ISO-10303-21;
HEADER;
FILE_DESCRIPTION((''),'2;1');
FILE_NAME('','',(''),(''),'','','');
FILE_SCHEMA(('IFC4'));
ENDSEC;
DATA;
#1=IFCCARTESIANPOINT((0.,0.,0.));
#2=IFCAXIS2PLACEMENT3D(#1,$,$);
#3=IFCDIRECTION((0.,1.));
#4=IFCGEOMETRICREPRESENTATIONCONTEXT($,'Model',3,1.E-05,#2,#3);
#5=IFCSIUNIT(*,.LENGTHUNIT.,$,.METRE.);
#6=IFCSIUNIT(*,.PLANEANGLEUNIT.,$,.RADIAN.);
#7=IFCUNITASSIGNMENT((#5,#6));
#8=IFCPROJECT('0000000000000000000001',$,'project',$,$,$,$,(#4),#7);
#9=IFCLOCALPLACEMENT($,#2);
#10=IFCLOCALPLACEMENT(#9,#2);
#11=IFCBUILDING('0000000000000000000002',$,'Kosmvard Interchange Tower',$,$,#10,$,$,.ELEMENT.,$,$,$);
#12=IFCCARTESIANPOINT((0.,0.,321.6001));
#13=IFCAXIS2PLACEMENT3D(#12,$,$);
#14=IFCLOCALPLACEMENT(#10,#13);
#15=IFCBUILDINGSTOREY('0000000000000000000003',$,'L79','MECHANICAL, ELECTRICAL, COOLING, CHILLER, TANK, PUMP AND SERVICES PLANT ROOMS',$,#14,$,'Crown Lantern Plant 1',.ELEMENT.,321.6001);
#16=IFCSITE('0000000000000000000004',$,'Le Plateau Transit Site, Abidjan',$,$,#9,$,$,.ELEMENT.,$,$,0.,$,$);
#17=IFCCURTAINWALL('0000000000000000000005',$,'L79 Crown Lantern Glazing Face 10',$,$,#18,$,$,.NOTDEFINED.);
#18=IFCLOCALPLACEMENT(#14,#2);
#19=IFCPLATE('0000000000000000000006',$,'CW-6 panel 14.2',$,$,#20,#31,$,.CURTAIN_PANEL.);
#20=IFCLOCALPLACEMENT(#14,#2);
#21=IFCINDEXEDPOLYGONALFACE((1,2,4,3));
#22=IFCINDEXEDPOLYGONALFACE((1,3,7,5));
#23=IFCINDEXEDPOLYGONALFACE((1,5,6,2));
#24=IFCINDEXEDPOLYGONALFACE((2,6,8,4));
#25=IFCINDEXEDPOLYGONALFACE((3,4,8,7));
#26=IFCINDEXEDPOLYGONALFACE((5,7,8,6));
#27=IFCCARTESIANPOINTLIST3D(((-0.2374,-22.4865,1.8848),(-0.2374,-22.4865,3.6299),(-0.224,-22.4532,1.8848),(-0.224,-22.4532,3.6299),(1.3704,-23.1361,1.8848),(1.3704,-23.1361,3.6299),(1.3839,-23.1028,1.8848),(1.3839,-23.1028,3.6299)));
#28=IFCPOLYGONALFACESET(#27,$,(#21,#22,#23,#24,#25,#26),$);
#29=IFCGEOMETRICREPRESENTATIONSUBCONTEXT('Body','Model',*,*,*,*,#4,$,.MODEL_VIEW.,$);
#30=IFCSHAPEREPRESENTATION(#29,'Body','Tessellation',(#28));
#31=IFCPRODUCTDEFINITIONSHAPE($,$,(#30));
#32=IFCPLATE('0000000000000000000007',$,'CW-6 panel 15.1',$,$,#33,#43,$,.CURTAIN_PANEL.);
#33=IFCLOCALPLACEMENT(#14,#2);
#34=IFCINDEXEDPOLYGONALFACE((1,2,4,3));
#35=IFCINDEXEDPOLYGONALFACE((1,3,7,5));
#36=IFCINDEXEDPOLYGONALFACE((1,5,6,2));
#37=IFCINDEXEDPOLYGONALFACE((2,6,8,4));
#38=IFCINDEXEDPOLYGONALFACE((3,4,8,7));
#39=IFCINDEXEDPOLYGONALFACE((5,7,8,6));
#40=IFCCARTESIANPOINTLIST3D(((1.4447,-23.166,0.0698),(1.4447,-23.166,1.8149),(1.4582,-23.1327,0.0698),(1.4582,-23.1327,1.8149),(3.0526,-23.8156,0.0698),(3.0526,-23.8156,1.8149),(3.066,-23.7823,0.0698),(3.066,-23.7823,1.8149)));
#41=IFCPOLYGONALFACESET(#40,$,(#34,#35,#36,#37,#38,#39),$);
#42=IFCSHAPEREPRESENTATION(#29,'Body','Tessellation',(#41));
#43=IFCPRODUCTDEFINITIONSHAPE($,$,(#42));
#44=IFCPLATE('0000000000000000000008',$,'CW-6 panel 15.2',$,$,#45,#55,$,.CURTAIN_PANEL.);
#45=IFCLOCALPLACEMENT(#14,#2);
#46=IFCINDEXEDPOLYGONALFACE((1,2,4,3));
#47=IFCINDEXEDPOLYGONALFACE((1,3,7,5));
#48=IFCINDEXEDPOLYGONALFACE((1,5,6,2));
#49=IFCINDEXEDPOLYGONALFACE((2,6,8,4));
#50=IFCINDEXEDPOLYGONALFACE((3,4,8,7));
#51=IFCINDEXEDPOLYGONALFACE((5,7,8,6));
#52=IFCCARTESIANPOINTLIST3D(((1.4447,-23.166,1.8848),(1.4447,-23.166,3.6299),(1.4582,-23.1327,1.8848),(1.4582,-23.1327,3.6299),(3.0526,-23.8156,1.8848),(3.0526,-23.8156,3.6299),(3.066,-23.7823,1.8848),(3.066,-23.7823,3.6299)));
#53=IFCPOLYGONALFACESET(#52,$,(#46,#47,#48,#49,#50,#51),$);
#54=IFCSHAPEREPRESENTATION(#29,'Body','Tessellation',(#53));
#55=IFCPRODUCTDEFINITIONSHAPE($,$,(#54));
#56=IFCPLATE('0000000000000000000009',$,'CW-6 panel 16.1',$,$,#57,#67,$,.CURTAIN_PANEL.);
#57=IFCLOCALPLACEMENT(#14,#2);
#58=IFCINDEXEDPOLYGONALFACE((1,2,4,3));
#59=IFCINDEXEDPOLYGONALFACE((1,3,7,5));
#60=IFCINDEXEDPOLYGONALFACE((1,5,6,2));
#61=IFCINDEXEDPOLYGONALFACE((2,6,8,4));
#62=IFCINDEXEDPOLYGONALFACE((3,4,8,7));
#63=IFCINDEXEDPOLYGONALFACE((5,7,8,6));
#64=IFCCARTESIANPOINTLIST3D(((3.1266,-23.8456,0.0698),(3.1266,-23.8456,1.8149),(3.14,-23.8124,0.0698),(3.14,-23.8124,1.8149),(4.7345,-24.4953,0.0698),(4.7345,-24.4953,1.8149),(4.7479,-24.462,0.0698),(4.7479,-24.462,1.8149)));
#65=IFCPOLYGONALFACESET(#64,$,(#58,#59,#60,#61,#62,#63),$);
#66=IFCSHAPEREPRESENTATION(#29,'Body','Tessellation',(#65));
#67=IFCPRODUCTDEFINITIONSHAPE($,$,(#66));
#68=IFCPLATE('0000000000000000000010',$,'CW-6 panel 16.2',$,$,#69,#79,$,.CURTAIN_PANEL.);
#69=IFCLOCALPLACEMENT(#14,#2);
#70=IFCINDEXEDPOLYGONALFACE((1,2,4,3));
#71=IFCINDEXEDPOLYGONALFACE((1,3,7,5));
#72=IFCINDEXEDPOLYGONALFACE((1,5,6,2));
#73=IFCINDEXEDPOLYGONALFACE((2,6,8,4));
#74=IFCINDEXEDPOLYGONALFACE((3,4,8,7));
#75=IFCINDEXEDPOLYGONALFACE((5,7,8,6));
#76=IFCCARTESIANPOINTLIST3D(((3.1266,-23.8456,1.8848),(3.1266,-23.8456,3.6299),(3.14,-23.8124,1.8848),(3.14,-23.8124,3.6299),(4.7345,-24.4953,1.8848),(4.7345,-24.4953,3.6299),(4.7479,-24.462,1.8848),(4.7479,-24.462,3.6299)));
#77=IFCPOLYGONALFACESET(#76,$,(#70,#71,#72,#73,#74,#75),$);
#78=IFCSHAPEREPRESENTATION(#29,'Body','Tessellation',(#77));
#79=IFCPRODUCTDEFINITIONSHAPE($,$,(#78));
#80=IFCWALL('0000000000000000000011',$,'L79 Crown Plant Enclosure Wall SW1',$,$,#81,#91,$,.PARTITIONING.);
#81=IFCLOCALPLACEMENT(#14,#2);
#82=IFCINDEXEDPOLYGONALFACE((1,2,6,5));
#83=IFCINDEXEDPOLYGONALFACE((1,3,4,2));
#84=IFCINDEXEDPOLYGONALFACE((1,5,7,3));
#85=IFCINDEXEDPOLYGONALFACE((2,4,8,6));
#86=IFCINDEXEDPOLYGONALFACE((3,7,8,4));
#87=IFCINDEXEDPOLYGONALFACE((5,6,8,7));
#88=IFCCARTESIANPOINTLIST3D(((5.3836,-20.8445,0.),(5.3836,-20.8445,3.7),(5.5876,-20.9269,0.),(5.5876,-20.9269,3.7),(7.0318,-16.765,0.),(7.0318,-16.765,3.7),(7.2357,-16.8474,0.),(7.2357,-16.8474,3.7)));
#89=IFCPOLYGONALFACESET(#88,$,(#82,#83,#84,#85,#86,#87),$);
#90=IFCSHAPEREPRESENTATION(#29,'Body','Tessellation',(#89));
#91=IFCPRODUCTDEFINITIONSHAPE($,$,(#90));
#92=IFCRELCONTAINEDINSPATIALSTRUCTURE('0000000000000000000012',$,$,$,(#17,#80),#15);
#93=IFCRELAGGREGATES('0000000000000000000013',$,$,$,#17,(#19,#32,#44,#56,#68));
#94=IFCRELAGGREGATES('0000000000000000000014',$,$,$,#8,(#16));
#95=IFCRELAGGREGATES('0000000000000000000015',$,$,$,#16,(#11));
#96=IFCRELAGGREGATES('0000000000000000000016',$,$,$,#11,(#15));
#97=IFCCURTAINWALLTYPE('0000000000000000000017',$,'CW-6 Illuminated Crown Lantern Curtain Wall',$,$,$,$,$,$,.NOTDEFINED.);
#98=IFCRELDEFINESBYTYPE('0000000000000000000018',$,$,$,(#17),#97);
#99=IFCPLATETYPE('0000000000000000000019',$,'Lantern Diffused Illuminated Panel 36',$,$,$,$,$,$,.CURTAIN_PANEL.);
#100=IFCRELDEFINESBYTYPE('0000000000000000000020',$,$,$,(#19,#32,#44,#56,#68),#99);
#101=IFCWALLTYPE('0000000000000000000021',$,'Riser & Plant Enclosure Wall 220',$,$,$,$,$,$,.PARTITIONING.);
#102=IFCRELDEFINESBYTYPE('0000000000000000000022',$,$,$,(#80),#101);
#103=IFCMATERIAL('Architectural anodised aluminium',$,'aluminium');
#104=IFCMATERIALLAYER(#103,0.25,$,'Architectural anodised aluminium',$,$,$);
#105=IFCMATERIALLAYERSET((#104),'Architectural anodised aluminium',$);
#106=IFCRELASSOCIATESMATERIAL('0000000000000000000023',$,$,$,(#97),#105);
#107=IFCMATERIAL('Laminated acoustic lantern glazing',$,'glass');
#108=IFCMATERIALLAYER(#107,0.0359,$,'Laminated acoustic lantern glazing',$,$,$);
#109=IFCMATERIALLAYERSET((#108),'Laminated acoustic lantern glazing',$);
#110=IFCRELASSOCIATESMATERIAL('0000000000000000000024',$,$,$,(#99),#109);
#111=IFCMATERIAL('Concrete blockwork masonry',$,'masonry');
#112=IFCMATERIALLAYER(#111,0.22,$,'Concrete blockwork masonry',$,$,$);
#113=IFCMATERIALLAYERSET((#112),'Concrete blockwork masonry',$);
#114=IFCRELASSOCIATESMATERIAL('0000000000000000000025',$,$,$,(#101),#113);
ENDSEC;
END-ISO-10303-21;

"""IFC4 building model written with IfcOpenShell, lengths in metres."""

from ifc_helpers import new_model, si_unit, direction, frame, frame_2d, origin, origin_2d, place, context, subcontext, project, spatial, rectangle, extrude, source, transform, mapped, material, layer, layer_set, type_object, element, aggregate, save


model = new_model("IFC4")

# Units and contexts
model_context = context("Model", 3, precision=1e-05, world=origin(), true_north=direction((0.0, 1.0)))
body_context = subcontext(model_context, "Body", "Model", "MODEL_VIEW")
ifc_project = project(units=[si_unit("LENGTHUNIT", "METRE"), si_unit("PLANEANGLEUNIT", "RADIAN")], contexts=[model_context])

# Site, building, storey
site_placement = place(None, origin())
site = spatial("IfcSite", under=ifc_project, at=site_placement, Name="Le Plateau Transit Site, Abidjan", CompositionType="ELEMENT", RefElevation=0.0)
building_placement = place(site_placement, origin())
building = spatial("IfcBuilding", under=site, at=building_placement, Name="Kosmvard Interchange Tower", CompositionType="ELEMENT")
storey_placement = place(building_placement, frame((0.0, 0.0, 321.6001)))
storey = spatial("IfcBuildingStorey", under=building, at=storey_placement, Name="L79", Description="MECHANICAL, ELECTRICAL, COOLING, CHILLER, TANK, PUMP AND SERVICES PLANT ROOMS", LongName="Crown Lantern Plant 1", CompositionType="ELEMENT", Elevation=321.6001)

# Curtain wall
ifc_material_1 = material(Name="Architectural anodised aluminium", Category="aluminium")
ifc_layer_1 = layer(ifc_material_1, 0.25, Name="Architectural anodised aluminium")
ifc_layer_set_1 = layer_set([ifc_layer_1], Name="Architectural anodised aluminium")
curtain_wall_type = type_object("IfcCurtainWallType", Name="CW-6 Illuminated Crown Lantern Curtain Wall", PredefinedType="NOTDEFINED", material=ifc_layer_set_1)
curtain_wall_placement = place(storey_placement, origin())
curtain_wall = element("IfcCurtainWall", 1, at=curtain_wall_placement, inside=storey, type_object=curtain_wall_type, Name="L79 Crown Lantern Glazing Face 10", PredefinedType="NOTDEFINED")

# Plates
ifc_material_2 = material(Name="Laminated acoustic lantern glazing", Category="glass")
ifc_layer_2 = layer(ifc_material_2, 0.0359, Name="Laminated acoustic lantern glazing")
ifc_layer_set_2 = layer_set([ifc_layer_2], Name="Laminated acoustic lantern glazing")
plate_type_1 = type_object("IfcPlateType", Name="Lantern Diffused Illuminated Panel 36", PredefinedType="CURTAIN_PANEL", material=ifc_layer_set_2)
shared_shape_1 = source(origin(), body_context, "Body", "SweptSolid", [
    extrude(rectangle(XDim=1.7341, YDim=0.0359, at=origin_2d()), origin(), (0.0, 0.0, 1.0), 1.7451),
])
plate_1_placement = place(storey_placement, frame((0.5732, -22.7947, 1.8848), z_axis=(0.0, 0.0, 1.0), x_axis=(0.927184, -0.374607, 0.0)))
plate_1 = element("IfcPlate", 2, at=plate_1_placement, type_object=plate_type_1, Name="CW-6 panel 14.2", PredefinedType="CURTAIN_PANEL", context=body_context, shape_type="MappedRepresentation", body=[
    mapped(shared_shape_1, transform((0.0, 0.0, 0.0), scale=1.0)),
])
plate_2_placement = place(storey_placement, frame((2.2554, -23.4741, 0.0698), z_axis=(0.0, 0.0, 1.0), x_axis=(0.927184, -0.374607, 0.0)))
plate_2 = element("IfcPlate", 3, at=plate_2_placement, type_object=plate_type_1, Name="CW-6 panel 15.1", PredefinedType="CURTAIN_PANEL", context=body_context, shape_type="MappedRepresentation", body=[
    mapped(shared_shape_1, transform((0.0, 0.0, 0.0), scale=1.0)),
])
plate_3_placement = place(storey_placement, frame((2.2554, -23.4741, 1.8848), z_axis=(0.0, 0.0, 1.0), x_axis=(0.927184, -0.374607, 0.0)))
plate_3 = element("IfcPlate", 4, at=plate_3_placement, type_object=plate_type_1, Name="CW-6 panel 15.2", PredefinedType="CURTAIN_PANEL", context=body_context, shape_type="MappedRepresentation", body=[
    mapped(shared_shape_1, transform((0.0, 0.0, 0.0), scale=1.0)),
])
plate_4_placement = place(storey_placement, frame((3.9373, -24.1538, 0.0698), z_axis=(0.0, 0.0, 1.0), x_axis=(0.927184, -0.374607, 0.0)))
plate_4 = element("IfcPlate", 5, at=plate_4_placement, type_object=plate_type_1, Name="CW-6 panel 16.1", PredefinedType="CURTAIN_PANEL", context=body_context, shape_type="MappedRepresentation", body=[
    mapped(shared_shape_1, transform((0.0, 0.0, 0.0), scale=1.0)),
])
plate_5_placement = place(storey_placement, frame((3.9373, -24.1538, 1.8848), z_axis=(0.0, 0.0, 1.0), x_axis=(0.927184, -0.374607, 0.0)))
plate_5 = element("IfcPlate", 6, at=plate_5_placement, type_object=plate_type_1, Name="CW-6 panel 16.2", PredefinedType="CURTAIN_PANEL", context=body_context, shape_type="MappedRepresentation", body=[
    mapped(shared_shape_1, transform((0.0, 0.0, 0.0), scale=1.0)),
])
aggregate(curtain_wall, [plate_1, plate_2, plate_3, plate_4, plate_5])

# Wall
ifc_material_3 = material(Name="Concrete blockwork masonry", Category="masonry")
ifc_layer_3 = layer(ifc_material_3, 0.22, Name="Concrete blockwork masonry")
ifc_layer_set_3 = layer_set([ifc_layer_3], Name="Concrete blockwork masonry")
wall_type = type_object("IfcWallType", Name="Riser & Plant Enclosure Wall 220", PredefinedType="PARTITIONING", material=ifc_layer_set_3)
wall_placement = place(storey_placement, frame((5.4856, -20.8857, 0.0), z_axis=(0.0, 0.0, 1.0), x_axis=(0.374593, 0.927189, 0.0)))
element("IfcWall", 7, at=wall_placement, inside=storey, type_object=wall_type, Name="L79 Crown Plant Enclosure Wall SW1", PredefinedType="PARTITIONING", context=body_context, shape_type="SweptSolid", body=[
    extrude(rectangle(XDim=4.3999, YDim=0.22, at=frame_2d((2.2, 0.0))), origin(), (0.0, 0.0, 1.0), 3.7),
])

save(model, "model.ifc")
